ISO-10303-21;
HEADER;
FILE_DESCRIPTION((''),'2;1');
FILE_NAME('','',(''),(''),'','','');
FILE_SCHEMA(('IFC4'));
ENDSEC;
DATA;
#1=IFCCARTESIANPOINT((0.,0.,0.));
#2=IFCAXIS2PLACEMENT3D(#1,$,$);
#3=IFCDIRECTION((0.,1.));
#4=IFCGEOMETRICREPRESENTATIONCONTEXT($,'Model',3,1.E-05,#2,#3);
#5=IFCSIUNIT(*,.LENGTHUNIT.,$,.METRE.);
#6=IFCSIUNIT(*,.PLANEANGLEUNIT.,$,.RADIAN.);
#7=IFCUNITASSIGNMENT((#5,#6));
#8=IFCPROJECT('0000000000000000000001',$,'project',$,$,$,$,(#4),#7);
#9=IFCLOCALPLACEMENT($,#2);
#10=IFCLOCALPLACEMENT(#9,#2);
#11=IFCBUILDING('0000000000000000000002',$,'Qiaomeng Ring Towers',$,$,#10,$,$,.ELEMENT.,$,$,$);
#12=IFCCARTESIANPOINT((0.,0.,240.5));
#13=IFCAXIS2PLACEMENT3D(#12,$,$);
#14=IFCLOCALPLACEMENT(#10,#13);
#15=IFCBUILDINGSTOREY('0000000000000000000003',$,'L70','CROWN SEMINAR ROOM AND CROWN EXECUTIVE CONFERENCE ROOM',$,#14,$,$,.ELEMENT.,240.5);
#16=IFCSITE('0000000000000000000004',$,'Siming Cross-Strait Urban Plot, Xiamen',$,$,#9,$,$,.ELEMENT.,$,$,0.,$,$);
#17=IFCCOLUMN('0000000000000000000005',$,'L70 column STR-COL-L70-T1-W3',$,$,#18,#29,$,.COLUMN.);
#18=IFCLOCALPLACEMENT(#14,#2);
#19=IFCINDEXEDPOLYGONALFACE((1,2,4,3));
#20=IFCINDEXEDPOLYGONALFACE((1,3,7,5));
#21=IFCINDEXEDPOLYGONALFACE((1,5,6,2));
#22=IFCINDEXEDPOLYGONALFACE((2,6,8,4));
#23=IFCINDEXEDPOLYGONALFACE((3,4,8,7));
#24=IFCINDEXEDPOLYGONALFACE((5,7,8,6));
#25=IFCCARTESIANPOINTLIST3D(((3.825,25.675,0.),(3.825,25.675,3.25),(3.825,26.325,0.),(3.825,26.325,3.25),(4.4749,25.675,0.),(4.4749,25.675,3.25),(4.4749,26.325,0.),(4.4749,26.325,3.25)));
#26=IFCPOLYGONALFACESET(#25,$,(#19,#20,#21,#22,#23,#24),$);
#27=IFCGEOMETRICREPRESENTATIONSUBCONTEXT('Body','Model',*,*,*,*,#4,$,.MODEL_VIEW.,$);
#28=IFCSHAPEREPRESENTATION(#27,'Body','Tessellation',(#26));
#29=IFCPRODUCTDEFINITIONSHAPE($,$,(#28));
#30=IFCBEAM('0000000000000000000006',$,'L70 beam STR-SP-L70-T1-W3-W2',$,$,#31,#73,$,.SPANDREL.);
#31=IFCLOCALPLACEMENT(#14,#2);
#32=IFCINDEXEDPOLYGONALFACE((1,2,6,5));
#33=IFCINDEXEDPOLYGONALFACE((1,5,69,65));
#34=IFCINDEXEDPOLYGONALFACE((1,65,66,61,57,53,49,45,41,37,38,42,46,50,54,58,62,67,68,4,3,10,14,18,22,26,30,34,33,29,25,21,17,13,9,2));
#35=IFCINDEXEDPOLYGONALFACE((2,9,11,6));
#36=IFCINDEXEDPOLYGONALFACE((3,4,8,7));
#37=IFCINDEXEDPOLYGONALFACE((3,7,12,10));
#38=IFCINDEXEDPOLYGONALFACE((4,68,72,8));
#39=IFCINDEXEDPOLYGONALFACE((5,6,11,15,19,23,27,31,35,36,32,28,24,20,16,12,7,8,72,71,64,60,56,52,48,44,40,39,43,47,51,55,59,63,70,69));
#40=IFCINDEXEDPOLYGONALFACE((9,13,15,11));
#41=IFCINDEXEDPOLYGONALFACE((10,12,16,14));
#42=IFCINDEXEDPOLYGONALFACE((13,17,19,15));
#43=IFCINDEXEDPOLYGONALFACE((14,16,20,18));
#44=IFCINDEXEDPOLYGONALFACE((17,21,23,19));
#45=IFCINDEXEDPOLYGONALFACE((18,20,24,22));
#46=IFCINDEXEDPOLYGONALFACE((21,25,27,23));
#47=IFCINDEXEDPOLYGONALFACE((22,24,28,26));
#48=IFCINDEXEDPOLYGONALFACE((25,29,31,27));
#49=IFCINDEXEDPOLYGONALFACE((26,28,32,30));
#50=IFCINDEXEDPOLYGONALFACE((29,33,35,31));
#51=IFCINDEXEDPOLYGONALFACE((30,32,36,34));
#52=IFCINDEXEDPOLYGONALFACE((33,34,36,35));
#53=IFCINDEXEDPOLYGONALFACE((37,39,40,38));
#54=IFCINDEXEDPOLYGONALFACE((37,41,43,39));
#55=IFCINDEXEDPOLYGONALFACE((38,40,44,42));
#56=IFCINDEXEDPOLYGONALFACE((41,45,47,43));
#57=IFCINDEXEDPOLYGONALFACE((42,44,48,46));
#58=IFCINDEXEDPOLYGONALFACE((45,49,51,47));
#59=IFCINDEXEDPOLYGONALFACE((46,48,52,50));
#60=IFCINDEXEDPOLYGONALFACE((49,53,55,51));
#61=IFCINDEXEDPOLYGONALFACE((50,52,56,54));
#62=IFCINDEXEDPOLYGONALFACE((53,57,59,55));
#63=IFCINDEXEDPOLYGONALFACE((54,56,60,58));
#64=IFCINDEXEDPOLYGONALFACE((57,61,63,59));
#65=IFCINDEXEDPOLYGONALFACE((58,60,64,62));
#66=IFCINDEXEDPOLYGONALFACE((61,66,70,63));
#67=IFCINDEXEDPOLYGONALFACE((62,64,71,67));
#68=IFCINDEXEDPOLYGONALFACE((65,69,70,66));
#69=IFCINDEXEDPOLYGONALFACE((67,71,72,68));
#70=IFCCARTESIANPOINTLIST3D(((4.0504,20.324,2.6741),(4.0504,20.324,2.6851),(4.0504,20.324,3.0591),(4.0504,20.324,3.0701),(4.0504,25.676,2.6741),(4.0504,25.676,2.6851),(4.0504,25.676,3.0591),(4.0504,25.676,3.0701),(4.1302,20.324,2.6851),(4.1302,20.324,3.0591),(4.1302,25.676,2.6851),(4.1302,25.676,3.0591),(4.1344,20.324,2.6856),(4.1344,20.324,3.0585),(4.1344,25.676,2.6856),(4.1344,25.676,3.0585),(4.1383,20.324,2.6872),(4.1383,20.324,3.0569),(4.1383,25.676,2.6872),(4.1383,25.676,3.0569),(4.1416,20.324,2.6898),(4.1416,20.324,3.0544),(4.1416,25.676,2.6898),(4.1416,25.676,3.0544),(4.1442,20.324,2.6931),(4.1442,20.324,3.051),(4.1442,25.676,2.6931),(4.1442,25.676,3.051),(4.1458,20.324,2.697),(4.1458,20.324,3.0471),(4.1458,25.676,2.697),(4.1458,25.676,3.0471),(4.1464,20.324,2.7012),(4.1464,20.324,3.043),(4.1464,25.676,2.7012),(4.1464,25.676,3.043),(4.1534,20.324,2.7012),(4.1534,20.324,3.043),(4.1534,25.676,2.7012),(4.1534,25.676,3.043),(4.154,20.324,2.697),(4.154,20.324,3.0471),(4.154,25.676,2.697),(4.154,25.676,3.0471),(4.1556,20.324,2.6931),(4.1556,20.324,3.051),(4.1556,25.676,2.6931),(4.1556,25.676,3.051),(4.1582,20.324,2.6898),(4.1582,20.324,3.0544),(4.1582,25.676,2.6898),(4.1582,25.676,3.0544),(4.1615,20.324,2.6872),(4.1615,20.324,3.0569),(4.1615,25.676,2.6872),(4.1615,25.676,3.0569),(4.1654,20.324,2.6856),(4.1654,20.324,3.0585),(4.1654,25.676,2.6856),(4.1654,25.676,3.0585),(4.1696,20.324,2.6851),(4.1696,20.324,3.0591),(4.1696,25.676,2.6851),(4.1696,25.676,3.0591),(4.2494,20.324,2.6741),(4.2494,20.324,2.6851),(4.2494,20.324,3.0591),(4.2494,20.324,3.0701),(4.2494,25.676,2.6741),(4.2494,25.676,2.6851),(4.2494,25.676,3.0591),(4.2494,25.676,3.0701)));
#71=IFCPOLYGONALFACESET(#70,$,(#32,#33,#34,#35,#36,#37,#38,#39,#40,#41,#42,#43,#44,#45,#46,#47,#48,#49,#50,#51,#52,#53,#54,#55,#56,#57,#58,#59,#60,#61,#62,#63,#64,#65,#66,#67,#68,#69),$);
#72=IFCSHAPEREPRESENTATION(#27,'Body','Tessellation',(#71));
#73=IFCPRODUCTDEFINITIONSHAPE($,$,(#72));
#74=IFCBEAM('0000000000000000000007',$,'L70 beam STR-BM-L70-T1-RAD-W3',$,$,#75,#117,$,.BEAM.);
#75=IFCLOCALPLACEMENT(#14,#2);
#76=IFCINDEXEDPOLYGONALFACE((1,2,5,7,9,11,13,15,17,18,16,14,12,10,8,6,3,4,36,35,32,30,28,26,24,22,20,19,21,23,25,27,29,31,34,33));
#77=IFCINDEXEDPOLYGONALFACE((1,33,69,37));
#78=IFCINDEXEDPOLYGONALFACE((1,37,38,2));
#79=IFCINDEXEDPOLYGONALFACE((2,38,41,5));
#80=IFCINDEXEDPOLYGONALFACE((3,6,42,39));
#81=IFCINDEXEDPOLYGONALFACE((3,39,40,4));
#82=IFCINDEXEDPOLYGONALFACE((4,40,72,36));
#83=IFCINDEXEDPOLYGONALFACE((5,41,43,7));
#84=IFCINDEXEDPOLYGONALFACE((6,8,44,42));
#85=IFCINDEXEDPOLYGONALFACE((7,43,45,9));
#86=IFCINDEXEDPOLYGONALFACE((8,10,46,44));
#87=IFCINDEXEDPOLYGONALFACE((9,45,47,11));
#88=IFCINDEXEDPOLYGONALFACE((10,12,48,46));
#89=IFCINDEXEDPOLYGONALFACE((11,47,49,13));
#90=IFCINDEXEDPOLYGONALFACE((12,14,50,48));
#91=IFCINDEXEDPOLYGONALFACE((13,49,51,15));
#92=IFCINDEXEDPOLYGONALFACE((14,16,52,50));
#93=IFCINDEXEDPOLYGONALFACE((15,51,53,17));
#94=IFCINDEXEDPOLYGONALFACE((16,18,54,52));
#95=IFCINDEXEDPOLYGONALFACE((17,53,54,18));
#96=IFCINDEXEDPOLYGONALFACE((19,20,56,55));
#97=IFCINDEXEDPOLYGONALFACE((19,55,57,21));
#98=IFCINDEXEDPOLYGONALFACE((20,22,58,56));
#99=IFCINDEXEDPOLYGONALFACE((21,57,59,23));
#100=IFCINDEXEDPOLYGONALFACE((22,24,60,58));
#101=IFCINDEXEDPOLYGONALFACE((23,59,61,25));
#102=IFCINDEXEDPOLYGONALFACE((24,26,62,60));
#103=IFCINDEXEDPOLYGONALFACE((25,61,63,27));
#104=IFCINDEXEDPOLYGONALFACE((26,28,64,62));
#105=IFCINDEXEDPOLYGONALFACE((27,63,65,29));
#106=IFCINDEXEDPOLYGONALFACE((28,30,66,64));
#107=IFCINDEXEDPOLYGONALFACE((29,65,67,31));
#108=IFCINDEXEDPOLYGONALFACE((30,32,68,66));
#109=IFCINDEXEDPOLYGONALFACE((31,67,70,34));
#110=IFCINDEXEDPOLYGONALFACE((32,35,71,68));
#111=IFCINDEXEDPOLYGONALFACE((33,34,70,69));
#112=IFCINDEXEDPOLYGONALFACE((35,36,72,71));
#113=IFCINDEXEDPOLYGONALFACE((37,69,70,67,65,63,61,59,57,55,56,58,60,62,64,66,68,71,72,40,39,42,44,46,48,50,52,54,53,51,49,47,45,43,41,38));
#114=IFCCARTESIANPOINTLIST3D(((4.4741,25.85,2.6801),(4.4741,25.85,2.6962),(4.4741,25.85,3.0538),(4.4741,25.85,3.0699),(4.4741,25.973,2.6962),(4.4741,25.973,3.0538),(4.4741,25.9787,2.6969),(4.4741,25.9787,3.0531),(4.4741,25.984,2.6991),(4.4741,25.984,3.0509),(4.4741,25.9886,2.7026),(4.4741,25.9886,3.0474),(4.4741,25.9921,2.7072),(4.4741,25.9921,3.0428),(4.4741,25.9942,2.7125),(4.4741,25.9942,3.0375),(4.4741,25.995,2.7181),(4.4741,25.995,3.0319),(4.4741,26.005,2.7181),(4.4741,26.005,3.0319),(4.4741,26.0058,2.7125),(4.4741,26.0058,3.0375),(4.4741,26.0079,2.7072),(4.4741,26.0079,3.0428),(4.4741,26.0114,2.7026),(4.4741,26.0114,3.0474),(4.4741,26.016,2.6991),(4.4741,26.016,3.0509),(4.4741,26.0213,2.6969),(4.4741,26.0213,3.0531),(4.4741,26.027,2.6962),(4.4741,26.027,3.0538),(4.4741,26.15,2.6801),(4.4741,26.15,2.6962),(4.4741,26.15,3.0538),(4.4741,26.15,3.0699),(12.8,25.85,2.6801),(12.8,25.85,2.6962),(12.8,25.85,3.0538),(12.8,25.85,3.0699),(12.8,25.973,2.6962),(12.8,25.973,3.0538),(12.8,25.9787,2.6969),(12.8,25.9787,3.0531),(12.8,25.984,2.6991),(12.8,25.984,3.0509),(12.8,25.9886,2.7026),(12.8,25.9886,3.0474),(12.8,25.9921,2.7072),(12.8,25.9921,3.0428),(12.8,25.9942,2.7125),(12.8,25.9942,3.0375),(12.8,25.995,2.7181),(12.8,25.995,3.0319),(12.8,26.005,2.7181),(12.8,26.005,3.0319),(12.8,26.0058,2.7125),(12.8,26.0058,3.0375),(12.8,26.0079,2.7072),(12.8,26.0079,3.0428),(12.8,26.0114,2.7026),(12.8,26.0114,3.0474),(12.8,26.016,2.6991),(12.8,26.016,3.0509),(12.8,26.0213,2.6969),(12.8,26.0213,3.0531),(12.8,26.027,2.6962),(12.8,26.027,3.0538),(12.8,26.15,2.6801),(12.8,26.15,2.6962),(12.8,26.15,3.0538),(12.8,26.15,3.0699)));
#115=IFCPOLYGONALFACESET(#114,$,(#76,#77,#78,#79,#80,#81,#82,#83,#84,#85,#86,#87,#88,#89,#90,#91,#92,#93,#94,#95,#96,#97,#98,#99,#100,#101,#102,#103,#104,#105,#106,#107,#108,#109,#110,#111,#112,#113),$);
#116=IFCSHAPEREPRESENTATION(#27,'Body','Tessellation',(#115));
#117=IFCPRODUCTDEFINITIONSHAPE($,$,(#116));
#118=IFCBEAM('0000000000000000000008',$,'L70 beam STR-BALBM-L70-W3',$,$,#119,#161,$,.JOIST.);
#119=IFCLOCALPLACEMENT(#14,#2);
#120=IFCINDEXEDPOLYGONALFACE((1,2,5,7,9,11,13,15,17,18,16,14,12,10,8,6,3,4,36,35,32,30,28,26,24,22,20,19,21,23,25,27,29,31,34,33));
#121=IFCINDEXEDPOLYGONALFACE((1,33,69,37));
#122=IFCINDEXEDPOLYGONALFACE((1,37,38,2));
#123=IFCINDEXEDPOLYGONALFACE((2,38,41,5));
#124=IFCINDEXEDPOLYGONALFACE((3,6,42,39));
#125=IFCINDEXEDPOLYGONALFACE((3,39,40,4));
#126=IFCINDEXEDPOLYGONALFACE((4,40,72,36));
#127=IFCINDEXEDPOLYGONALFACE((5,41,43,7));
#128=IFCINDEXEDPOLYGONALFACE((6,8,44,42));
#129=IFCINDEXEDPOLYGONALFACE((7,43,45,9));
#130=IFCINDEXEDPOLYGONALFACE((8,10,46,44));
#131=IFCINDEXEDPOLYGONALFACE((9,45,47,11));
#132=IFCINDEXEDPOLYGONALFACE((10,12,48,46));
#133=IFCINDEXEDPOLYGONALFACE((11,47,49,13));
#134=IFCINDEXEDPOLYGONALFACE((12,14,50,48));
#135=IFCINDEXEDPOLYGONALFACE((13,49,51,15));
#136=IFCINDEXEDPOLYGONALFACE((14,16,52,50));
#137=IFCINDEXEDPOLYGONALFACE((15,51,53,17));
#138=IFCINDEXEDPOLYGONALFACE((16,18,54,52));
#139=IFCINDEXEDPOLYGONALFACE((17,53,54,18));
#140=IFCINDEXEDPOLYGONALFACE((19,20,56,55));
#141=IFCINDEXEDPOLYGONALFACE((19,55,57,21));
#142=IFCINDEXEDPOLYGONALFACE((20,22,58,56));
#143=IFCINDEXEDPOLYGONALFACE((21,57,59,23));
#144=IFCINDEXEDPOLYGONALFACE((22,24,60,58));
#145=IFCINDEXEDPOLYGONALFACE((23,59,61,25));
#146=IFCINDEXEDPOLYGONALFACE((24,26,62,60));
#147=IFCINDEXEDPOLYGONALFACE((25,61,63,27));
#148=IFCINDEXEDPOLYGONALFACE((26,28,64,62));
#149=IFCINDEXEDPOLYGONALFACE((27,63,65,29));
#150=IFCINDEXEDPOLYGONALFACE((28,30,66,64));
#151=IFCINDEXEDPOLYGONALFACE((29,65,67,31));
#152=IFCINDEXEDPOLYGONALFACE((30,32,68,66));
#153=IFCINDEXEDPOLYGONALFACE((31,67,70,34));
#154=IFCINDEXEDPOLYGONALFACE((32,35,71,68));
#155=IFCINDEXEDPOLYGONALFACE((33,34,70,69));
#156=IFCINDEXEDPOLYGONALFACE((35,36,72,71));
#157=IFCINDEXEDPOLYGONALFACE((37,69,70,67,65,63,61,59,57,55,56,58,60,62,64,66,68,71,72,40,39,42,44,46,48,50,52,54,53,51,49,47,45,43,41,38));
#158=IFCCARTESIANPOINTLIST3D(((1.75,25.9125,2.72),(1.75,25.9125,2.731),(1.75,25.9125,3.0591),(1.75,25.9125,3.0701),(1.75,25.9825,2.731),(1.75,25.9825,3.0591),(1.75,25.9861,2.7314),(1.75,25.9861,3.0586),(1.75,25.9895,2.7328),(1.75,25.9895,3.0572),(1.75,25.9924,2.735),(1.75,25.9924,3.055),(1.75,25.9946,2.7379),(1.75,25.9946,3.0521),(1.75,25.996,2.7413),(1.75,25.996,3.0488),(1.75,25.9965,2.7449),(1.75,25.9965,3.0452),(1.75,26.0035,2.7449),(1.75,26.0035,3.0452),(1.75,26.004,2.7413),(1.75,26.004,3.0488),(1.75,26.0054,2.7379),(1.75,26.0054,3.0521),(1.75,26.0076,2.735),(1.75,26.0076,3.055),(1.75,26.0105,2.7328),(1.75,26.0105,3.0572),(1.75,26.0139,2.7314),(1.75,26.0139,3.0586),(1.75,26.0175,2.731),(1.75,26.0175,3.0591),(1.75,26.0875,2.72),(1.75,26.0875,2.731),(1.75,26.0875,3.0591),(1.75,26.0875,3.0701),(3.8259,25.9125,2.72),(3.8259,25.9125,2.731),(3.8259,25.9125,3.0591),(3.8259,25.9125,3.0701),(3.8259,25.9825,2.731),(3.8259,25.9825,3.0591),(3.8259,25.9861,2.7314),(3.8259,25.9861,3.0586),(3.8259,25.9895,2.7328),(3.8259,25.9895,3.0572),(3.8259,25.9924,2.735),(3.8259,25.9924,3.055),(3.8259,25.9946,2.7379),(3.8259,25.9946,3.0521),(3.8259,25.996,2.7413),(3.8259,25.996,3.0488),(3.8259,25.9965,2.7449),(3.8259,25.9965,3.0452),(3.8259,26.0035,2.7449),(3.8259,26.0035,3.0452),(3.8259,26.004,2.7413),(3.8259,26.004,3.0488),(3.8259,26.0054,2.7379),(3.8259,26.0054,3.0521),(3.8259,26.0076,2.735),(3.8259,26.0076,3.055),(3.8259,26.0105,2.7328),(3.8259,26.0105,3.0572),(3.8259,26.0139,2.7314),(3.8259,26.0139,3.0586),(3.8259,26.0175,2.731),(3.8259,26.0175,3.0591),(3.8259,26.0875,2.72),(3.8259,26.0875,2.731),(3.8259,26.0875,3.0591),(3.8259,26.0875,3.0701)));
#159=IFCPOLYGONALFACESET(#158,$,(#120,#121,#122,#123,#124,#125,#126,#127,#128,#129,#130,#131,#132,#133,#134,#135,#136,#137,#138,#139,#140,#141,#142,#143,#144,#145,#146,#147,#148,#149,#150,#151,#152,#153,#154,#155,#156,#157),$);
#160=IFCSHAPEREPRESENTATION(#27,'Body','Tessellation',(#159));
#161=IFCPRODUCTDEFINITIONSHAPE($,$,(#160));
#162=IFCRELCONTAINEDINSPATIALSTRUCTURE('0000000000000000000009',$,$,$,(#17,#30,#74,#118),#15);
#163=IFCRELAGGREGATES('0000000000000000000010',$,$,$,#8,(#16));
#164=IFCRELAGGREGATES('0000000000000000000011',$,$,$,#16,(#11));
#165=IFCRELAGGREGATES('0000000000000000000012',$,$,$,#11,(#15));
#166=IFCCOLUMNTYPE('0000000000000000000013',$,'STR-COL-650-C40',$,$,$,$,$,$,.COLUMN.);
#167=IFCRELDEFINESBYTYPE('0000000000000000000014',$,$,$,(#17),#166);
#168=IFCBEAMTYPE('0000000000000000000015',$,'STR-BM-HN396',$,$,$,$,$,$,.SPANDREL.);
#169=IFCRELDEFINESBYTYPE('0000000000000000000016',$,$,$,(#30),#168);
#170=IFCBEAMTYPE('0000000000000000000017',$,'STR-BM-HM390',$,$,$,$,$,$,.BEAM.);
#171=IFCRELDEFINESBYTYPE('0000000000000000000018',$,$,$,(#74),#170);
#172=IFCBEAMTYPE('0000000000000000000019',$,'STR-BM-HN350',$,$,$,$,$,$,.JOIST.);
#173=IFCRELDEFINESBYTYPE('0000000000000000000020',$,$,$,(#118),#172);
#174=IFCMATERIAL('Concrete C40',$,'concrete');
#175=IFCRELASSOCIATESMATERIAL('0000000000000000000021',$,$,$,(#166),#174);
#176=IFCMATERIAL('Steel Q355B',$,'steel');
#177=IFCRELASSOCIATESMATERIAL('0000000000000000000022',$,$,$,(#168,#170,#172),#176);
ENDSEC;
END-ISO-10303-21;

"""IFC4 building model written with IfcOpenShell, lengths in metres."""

from ifc_helpers import new_model, si_unit, direction, frame, origin, origin_2d, place, context, subcontext, project, spatial, rectangle, i_section, extrude, source, transform, mapped, material, material_profile, profile_set, type_object, element, save


model = new_model("IFC4")

# Units and contexts
model_context = context("Model", 3, precision=1e-05, world=origin(), true_north=direction((0.0, 1.0)))
body_context = subcontext(model_context, "Body", "Model", "MODEL_VIEW")
ifc_project = project(units=[si_unit("LENGTHUNIT", "METRE"), si_unit("PLANEANGLEUNIT", "RADIAN")], contexts=[model_context])

# Site, building, storey
site_placement = place(None, origin())
site = spatial("IfcSite", under=ifc_project, at=site_placement, Name="Siming Cross-Strait Urban Plot, Xiamen", CompositionType="ELEMENT", RefElevation=0.0)
building_placement = place(site_placement, origin())
building = spatial("IfcBuilding", under=site, at=building_placement, Name="Qiaomeng Ring Towers", CompositionType="ELEMENT")
storey_placement = place(building_placement, frame((0.0, 0.0, 240.5)))
storey = spatial("IfcBuildingStorey", under=building, at=storey_placement, Name="L70", Description="CROWN SEMINAR ROOM AND CROWN EXECUTIVE CONFERENCE ROOM", CompositionType="ELEMENT", Elevation=240.5)

# Column
ifc_material_1 = material(Name="Concrete C40", Category="concrete")
ifc_material_profile_1 = material_profile(ifc_material_1, rectangle(XDim=0.6499, YDim=0.6499, at=origin_2d()), Name="RC COL 650x650")
ifc_profile_set_1 = profile_set([ifc_material_profile_1], Name="Concrete C40")
column_type = type_object("IfcColumnType", Name="STR-COL-650-C40", PredefinedType="COLUMN", material=ifc_profile_set_1)
shared_shape_1 = source(origin(), body_context, "Body", "SweptSolid", [
    extrude(rectangle(XDim=0.6499, YDim=0.6499, at=origin_2d()), origin(), (0.0, 0.0, 1.0), 3.25),
])
column_placement = place(storey_placement, frame((4.1499, 26.0, 0.0), z_axis=(0.0, 0.0, 1.0), x_axis=(1.0, 0.0, 0.0)))
element("IfcColumn", 1, at=column_placement, inside=storey, type_object=column_type, Name="L70 column STR-COL-L70-T1-W3", PredefinedType="COLUMN", context=body_context, shape_type="MappedRepresentation", body=[
    mapped(shared_shape_1, transform((0.0, 0.0, 0.0), x_axis=(1.0, 0.0, 0.0), y_axis=(0.0, 1.0, 0.0), z_axis=(0.0, 0.0, 1.0), scale=1.0)),
])

# Beams
ifc_material_2 = material(Name="Steel Q355B", Category="steel")
ifc_material_profile_2 = material_profile(ifc_material_2, i_section(OverallWidth=0.199, OverallDepth=0.396, WebThickness=0.0071, FlangeThickness=0.011, FilletRadius=0.0161, at=origin_2d()), Name="HN 396x199x7x11")
ifc_profile_set_2 = profile_set([ifc_material_profile_2], Name="Steel Q355B")
beam_type_1 = type_object("IfcBeamType", Name="STR-BM-HN396", PredefinedType="SPANDREL", material=ifc_profile_set_2)
shared_shape_2 = source(origin(), body_context, "Body", "SweptSolid", [
    extrude(i_section(OverallWidth=0.199, OverallDepth=0.396, WebThickness=0.0071, FlangeThickness=0.011, FilletRadius=0.0161, at=origin_2d()), origin(), (0.0, 0.0, 1.0), 5.3521),
])
beam_1_placement = place(storey_placement, frame((4.1499, 25.676, 2.8721), z_axis=(0.0, -1.0, 0.0), x_axis=(1.0, 0.0, 0.0)))
element("IfcBeam", 2, at=beam_1_placement, inside=storey, type_object=beam_type_1, Name="L70 beam STR-SP-L70-T1-W3-W2", PredefinedType="SPANDREL", context=body_context, shape_type="MappedRepresentation", body=[
    mapped(shared_shape_2, transform((0.0, 0.0, 0.0), x_axis=(1.0, 0.0, 0.0), y_axis=(0.0, 1.0, 0.0), z_axis=(0.0, 0.0, 1.0), scale=1.0)),
])
ifc_material_profile_3 = material_profile(ifc_material_2, i_section(OverallWidth=0.3, OverallDepth=0.3899, WebThickness=0.01, FlangeThickness=0.0161, FilletRadius=0.022, at=origin_2d()), Name="HM 390x300x10x16")
ifc_profile_set_3 = profile_set([ifc_material_profile_3], Name="Steel Q355B")
beam_type_2 = type_object("IfcBeamType", Name="STR-BM-HM390", PredefinedType="BEAM", material=ifc_profile_set_3)
shared_shape_3 = source(origin(), body_context, "Body", "SweptSolid", [
    extrude(i_section(OverallWidth=0.3, OverallDepth=0.3899, WebThickness=0.01, FlangeThickness=0.0161, FilletRadius=0.022, at=origin_2d()), origin(), (0.0, 0.0, 1.0), 8.3259),
])
beam_2_placement = place(storey_placement, frame((4.4741, 26.0, 2.875), z_axis=(1.0, 0.0, 0.0), x_axis=(0.0, 1.0, 0.0)))
element("IfcBeam", 3, at=beam_2_placement, inside=storey, type_object=beam_type_2, Name="L70 beam STR-BM-L70-T1-RAD-W3", PredefinedType="BEAM", context=body_context, shape_type="MappedRepresentation", body=[
    mapped(shared_shape_3, transform((0.0, 0.0, 0.0), x_axis=(1.0, 0.0, 0.0), y_axis=(0.0, 1.0, 0.0), z_axis=(0.0, 0.0, 1.0), scale=1.0)),
])
ifc_material_profile_4 = material_profile(ifc_material_2, i_section(OverallWidth=0.175, OverallDepth=0.3501, WebThickness=0.0071, FlangeThickness=0.011, FilletRadius=0.0139, at=origin_2d()), Name="HN 350x175x7x11")
ifc_profile_set_4 = profile_set([ifc_material_profile_4], Name="Steel Q355B")
beam_type_3 = type_object("IfcBeamType", Name="STR-BM-HN350", PredefinedType="JOIST", material=ifc_profile_set_4)
shared_shape_4 = source(origin(), body_context, "Body", "SweptSolid", [
    extrude(i_section(OverallWidth=0.175, OverallDepth=0.3501, WebThickness=0.0071, FlangeThickness=0.011, FilletRadius=0.0139, at=origin_2d()), origin(), (0.0, 0.0, 1.0), 2.0759),
])
beam_3_placement = place(storey_placement, frame((1.75, 26.0, 2.895), z_axis=(1.0, 0.0, 0.0), x_axis=(0.0, 1.0, 0.0)))
element("IfcBeam", 4, at=beam_3_placement, inside=storey, type_object=beam_type_3, Name="L70 beam STR-BALBM-L70-W3", PredefinedType="JOIST", context=body_context, shape_type="MappedRepresentation", body=[
    mapped(shared_shape_4, transform((0.0, 0.0, 0.0), x_axis=(1.0, 0.0, 0.0), y_axis=(0.0, 1.0, 0.0), z_axis=(0.0, 0.0, 1.0), scale=1.0)),
])

save(model, "model.ifc")
